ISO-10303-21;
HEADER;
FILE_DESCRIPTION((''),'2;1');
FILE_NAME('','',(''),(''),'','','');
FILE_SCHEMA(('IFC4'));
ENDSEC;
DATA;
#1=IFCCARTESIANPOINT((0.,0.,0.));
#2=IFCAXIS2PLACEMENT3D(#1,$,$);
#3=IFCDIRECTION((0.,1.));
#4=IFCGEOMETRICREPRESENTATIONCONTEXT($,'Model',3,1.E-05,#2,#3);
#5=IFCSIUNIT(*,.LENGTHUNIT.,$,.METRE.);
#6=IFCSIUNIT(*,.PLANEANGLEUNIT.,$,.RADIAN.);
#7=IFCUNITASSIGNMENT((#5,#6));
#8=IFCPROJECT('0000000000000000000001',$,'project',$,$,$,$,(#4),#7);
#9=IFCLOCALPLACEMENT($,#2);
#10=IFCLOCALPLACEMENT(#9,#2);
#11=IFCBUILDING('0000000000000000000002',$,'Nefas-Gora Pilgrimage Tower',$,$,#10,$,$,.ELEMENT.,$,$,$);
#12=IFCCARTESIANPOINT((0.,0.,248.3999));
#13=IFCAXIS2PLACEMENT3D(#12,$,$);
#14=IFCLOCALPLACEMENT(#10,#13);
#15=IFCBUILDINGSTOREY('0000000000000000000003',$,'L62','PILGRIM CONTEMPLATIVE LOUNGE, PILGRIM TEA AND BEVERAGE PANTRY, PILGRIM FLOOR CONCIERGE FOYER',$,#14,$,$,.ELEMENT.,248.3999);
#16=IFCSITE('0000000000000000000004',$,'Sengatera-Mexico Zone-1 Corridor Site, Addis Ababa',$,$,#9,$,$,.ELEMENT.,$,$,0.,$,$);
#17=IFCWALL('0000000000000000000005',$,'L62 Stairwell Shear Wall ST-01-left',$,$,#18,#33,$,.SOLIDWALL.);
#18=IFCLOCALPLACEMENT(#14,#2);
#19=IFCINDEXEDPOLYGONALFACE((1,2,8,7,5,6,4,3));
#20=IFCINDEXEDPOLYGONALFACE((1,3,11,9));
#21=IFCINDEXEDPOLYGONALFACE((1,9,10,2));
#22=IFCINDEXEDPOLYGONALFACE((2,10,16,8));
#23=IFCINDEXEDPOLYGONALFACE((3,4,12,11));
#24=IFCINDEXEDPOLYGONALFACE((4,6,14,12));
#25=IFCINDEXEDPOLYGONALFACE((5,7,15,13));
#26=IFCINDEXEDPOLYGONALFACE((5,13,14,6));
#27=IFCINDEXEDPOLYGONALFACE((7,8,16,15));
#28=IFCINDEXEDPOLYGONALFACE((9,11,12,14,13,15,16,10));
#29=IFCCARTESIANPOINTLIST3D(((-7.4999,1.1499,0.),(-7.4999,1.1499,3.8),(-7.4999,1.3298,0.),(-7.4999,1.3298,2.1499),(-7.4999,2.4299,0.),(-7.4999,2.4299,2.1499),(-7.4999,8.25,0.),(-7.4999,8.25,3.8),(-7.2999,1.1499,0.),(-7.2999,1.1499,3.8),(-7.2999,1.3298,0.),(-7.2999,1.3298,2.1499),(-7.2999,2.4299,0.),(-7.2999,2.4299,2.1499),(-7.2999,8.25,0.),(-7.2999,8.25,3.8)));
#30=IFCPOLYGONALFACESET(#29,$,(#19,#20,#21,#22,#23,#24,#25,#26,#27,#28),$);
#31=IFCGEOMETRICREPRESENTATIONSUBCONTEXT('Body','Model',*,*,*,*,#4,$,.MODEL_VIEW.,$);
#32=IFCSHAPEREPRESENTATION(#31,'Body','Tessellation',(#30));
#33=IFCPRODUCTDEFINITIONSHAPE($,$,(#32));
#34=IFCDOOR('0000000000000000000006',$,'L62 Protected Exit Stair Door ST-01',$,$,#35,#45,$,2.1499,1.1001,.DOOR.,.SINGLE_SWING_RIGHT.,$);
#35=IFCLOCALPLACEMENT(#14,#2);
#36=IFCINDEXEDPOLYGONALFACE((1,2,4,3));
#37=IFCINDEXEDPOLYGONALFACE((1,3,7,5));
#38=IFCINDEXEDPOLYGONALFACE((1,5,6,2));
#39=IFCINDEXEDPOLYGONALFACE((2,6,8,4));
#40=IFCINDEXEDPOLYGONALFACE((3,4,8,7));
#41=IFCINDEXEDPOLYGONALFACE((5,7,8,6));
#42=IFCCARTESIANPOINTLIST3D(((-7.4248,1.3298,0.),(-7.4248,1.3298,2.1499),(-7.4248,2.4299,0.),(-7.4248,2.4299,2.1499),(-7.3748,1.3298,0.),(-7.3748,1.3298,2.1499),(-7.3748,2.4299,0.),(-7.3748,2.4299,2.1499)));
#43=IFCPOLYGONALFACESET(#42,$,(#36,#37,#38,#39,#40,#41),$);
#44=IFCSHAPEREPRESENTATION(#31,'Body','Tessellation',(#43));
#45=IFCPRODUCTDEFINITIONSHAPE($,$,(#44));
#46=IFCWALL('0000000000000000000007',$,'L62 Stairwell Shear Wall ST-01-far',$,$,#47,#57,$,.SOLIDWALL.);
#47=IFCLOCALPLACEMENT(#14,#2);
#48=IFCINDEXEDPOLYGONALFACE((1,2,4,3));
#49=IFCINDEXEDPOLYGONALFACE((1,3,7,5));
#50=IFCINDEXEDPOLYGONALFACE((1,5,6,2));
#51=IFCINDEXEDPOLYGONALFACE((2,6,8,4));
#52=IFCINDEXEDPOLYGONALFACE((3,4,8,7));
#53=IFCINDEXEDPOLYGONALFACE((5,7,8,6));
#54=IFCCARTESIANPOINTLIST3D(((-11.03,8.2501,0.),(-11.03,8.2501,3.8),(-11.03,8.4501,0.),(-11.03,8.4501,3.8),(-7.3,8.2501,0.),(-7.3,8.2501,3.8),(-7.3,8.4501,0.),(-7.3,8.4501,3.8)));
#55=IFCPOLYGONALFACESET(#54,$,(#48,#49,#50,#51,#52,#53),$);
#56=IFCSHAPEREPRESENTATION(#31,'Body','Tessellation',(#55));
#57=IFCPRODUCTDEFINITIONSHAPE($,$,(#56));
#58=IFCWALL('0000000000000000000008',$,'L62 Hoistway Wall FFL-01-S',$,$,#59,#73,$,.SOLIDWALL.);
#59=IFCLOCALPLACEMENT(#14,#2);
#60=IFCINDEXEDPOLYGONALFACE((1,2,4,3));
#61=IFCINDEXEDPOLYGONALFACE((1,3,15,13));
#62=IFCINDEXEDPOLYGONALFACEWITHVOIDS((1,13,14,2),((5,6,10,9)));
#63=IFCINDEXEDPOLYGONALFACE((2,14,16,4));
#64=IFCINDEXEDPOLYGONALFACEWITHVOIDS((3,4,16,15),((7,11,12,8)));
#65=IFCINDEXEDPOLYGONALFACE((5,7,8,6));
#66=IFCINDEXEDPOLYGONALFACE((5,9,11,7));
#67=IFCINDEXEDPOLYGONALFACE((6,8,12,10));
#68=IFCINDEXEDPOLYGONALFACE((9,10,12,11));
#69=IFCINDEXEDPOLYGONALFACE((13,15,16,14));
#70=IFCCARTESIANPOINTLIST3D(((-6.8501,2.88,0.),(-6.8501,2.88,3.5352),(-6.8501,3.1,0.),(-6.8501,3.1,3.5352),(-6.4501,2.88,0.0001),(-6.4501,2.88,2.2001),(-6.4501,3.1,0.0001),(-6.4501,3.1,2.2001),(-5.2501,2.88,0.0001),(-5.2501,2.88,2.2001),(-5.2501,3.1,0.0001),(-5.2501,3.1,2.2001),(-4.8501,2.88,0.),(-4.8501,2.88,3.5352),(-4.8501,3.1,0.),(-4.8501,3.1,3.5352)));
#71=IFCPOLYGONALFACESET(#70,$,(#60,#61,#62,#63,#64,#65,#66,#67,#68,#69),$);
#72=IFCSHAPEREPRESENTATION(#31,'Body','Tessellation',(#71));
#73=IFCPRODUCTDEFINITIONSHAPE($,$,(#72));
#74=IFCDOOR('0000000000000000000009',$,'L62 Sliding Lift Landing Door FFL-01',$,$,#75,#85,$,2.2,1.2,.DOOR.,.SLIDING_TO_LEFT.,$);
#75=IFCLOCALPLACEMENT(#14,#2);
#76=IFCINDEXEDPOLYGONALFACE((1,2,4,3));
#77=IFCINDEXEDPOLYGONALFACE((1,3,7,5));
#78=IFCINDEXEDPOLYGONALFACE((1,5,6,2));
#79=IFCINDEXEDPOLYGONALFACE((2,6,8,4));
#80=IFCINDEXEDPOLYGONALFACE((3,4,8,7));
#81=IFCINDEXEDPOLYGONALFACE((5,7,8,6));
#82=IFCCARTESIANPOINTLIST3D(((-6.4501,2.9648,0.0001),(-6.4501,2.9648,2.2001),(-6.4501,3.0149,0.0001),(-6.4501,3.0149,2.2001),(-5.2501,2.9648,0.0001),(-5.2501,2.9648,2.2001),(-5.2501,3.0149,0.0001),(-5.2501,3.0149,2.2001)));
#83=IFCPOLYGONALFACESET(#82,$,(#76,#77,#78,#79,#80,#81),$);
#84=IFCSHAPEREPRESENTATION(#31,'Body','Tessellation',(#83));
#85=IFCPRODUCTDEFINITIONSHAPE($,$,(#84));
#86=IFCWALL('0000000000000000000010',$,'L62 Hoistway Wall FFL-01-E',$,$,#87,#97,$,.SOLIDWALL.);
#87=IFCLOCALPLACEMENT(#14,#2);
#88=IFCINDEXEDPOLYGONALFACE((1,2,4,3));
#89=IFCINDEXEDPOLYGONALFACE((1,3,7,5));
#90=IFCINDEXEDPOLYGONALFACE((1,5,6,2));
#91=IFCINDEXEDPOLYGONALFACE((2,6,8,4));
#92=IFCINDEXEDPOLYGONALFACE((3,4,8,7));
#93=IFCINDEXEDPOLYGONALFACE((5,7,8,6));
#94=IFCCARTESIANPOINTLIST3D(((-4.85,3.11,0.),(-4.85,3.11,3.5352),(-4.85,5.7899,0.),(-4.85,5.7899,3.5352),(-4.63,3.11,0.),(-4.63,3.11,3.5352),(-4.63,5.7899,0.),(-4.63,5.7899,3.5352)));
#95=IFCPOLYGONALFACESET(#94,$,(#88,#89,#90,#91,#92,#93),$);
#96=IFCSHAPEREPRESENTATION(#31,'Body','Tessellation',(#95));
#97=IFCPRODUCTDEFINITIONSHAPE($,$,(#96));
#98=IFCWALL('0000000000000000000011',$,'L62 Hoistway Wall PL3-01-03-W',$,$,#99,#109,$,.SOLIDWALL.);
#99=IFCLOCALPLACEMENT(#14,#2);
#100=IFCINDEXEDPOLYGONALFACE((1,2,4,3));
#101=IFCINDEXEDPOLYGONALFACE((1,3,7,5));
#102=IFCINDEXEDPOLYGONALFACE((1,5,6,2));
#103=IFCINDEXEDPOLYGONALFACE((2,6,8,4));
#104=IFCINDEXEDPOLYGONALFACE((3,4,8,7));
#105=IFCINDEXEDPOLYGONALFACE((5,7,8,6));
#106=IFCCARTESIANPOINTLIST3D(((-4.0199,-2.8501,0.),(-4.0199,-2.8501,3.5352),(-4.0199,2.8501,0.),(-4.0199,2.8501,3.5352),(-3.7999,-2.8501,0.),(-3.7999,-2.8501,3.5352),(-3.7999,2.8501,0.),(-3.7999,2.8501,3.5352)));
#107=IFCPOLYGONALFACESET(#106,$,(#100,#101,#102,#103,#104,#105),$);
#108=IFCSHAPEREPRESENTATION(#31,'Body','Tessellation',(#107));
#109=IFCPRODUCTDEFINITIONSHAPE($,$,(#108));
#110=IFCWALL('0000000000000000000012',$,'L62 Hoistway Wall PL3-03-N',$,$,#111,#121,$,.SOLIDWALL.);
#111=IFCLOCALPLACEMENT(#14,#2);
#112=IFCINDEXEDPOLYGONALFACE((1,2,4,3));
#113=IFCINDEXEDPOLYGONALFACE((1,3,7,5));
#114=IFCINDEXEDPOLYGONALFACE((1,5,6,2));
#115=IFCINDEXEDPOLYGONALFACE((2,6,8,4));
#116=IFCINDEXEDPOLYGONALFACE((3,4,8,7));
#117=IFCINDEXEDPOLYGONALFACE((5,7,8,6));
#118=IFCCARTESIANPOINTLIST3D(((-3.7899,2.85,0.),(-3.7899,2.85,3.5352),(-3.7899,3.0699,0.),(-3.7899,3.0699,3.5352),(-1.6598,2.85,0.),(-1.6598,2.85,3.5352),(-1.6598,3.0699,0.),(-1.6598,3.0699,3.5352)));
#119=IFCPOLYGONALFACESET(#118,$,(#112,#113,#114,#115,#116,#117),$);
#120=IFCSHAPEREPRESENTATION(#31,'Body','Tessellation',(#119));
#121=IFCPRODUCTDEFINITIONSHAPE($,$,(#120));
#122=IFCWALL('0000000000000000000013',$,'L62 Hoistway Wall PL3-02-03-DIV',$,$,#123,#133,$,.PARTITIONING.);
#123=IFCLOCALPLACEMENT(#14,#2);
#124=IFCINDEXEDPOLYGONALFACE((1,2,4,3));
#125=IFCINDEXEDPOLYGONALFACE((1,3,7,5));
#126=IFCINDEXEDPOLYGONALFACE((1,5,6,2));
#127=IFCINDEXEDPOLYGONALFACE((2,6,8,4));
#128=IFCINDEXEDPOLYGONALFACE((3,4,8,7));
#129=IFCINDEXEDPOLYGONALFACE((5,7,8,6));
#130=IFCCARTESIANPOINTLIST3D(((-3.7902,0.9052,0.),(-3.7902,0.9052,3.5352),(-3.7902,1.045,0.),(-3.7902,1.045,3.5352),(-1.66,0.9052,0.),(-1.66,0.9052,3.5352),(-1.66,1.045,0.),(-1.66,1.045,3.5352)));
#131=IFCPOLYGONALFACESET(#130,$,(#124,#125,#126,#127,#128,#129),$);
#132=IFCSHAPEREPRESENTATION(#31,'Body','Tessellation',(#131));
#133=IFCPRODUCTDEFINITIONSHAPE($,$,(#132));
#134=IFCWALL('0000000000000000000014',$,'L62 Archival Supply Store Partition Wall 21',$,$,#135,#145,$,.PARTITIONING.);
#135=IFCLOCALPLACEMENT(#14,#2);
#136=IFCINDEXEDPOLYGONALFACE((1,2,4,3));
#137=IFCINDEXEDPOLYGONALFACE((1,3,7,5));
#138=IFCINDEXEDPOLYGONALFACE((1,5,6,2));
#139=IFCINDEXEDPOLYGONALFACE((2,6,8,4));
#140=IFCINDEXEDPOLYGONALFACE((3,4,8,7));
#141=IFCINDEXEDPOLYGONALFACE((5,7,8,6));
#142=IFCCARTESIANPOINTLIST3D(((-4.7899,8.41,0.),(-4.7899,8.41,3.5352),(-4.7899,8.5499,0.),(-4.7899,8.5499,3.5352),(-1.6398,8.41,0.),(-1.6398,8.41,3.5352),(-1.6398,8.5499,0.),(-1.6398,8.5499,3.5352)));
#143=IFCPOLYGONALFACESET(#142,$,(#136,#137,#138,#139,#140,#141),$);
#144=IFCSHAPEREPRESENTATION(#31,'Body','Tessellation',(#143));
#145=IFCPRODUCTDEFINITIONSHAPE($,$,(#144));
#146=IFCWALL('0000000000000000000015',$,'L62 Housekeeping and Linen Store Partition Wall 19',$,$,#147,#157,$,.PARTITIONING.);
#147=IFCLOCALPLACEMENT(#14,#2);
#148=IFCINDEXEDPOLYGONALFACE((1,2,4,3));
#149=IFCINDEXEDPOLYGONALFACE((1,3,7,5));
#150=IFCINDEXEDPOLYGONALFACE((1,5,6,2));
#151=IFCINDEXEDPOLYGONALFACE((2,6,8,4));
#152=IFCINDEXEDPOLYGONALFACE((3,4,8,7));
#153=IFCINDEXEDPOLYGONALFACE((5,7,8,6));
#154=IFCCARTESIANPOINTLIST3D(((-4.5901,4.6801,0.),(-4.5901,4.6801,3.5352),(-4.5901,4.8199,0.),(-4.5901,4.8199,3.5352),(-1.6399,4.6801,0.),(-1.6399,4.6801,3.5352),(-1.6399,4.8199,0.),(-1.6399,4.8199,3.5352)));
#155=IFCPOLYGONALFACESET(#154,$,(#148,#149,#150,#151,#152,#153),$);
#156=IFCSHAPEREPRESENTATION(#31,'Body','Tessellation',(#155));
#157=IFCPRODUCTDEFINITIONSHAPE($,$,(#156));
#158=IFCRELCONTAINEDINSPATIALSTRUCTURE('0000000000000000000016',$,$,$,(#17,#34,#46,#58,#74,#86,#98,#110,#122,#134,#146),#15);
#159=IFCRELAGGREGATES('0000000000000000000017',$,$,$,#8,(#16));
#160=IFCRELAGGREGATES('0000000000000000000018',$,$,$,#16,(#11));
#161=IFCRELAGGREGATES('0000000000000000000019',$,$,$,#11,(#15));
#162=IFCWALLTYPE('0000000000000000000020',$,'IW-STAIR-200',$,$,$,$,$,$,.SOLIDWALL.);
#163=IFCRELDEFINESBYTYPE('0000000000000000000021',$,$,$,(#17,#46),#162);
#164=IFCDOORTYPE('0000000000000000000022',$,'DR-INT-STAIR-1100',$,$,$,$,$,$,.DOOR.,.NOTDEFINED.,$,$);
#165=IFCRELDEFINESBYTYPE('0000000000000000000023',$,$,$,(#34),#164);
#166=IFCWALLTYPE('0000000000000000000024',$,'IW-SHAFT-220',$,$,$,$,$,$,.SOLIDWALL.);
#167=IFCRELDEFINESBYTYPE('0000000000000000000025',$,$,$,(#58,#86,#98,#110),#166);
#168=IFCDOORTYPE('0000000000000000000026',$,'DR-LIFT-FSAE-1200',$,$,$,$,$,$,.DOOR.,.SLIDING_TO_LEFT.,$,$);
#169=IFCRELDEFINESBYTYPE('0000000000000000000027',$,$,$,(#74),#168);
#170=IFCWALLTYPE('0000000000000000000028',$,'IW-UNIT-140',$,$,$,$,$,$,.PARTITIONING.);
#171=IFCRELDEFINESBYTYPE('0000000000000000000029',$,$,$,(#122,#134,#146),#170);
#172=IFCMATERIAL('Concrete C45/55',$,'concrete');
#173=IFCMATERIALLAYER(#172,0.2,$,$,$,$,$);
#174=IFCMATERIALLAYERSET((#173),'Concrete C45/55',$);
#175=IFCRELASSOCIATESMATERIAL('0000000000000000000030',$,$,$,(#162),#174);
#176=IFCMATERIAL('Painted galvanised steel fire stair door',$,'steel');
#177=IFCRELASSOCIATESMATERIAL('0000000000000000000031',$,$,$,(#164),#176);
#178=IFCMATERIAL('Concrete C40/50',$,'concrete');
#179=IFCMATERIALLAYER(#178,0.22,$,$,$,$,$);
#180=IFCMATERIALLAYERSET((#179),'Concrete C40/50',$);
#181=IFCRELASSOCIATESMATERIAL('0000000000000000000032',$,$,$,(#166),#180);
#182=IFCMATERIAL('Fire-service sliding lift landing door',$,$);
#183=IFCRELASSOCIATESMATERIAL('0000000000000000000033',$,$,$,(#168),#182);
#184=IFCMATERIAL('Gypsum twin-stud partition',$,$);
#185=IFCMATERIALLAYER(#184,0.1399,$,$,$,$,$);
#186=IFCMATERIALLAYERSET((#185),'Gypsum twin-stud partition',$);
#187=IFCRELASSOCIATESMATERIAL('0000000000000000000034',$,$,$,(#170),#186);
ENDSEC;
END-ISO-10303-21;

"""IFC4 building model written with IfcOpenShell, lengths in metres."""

from ifc_helpers import new_model, si_unit, direction, frame, frame_2d, origin, place, context, subcontext, project, spatial, rectangle, extrude, source, transform, mapped, material, layer, layer_set, type_object, element, fill, save


model = new_model("IFC4")

# Units and contexts
model_context = context("Model", 3, precision=1e-05, world=origin(), true_north=direction((0.0, 1.0)))
body_context = subcontext(model_context, "Body", "Model", "MODEL_VIEW")
ifc_project = project(units=[si_unit("LENGTHUNIT", "METRE"), si_unit("PLANEANGLEUNIT", "RADIAN")], contexts=[model_context])

# Site, building, storey
site_placement = place(None, origin())
site = spatial("IfcSite", under=ifc_project, at=site_placement, Name="Sengatera-Mexico Zone-1 Corridor Site, Addis Ababa", CompositionType="ELEMENT", RefElevation=0.0)
building_placement = place(site_placement, origin())
building = spatial("IfcBuilding", under=site, at=building_placement, Name="Nefas-Gora Pilgrimage Tower", CompositionType="ELEMENT")
storey_placement = place(building_placement, frame((0.0, 0.0, 248.3999)))
storey = spatial("IfcBuildingStorey", under=building, at=storey_placement, Name="L62", Description="PILGRIM CONTEMPLATIVE LOUNGE, PILGRIM TEA AND BEVERAGE PANTRY, PILGRIM FLOOR CONCIERGE FOYER", CompositionType="ELEMENT", Elevation=248.3999)

# Shared definitions
ifc_material_1 = material(Name="Concrete C40/50", Category="concrete")

# Shared definitions
ifc_material_2 = material(Name="Concrete C45/55", Category="concrete")
ifc_layer_1 = layer(ifc_material_2, 0.2)
ifc_layer_set_1 = layer_set([ifc_layer_1], Name="Concrete C45/55")
wall_type_1 = type_object("IfcWallType", Name="IW-STAIR-200", PredefinedType="SOLIDWALL", material=ifc_layer_set_1)

# Wall, opening, door
shared_shape_1 = source(origin(), body_context, "Body", "SweptSolid", [
    extrude(rectangle(XDim=7.1001, YDim=0.2, at=frame_2d((3.55, 0.0))), origin(), (0.0, 0.0, 1.0), 3.8),
])
wall_1_placement = place(storey_placement, frame((-7.3999, 1.1499, 0.0), z_axis=(0.0, 0.0, 1.0), x_axis=(0.0, 1.0, 0.0)))
wall_1 = element("IfcWall", 1, at=wall_1_placement, inside=storey, type_object=wall_type_1, Name="L62 Stairwell Shear Wall ST-01-left", PredefinedType="SOLIDWALL", context=body_context, shape_type="MappedRepresentation", body=[
    mapped(shared_shape_1, transform((0.0, 0.0, 0.0), x_axis=(1.0, 0.0, 0.0), y_axis=(0.0, 1.0, 0.0), z_axis=(0.0, 0.0, 1.0), scale=1.0)),
])
opening_1_placement = place(wall_1_placement, frame((0.1799, 0.0, 0.0)))
opening_1 = element("IfcOpeningElement", 2, at=opening_1_placement, cuts=wall_1, PredefinedType="OPENING", context=body_context, shape_type="SweptSolid", body=[
    extrude(rectangle(XDim=1.1001, YDim=2.1499, at=frame_2d((0.55, 1.075))), frame((0.0, 0.1099, 0.0), z_axis=(0.0, -1.0, 0.0), x_axis=(1.0, 0.0, 0.0)), (0.0, 0.0, 1.0), 0.22),
])
ifc_material_3 = material(Name="Painted galvanised steel fire stair door", Category="steel")
door_type_1 = type_object("IfcDoorType", Name="DR-INT-STAIR-1100", OperationType="NOTDEFINED", PredefinedType="DOOR", material=ifc_material_3)
shared_shape_2 = source(origin(), body_context, "Body", "SweptSolid", [
    extrude(rectangle(XDim=1.1001, YDim=2.1499, at=frame_2d((0.55, 1.075))), frame((0.0, 0.0249, 0.0), z_axis=(0.0, -1.0, 0.0), x_axis=(1.0, 0.0, 0.0)), (0.0, 0.0, 1.0), 0.05),
])
door_1_placement = place(opening_1_placement, origin())
door_1 = element("IfcDoor", 3, at=door_1_placement, inside=storey, type_object=door_type_1, Name="L62 Protected Exit Stair Door ST-01", OperationType="SINGLE_SWING_RIGHT", OverallHeight=2.1499, OverallWidth=1.1001, PredefinedType="DOOR", context=body_context, shape_type="MappedRepresentation", body=[
    mapped(shared_shape_2, transform((0.0, 0.0, 0.0), x_axis=(1.0, 0.0, 0.0), y_axis=(0.0, 1.0, 0.0), z_axis=(0.0, 0.0, 1.0), scale=1.0)),
])
fill(opening_1, door_1)

# Wall
shared_shape_3 = source(origin(), body_context, "Body", "SweptSolid", [
    extrude(rectangle(XDim=3.73, YDim=0.2, at=frame_2d((1.865, 0.0))), origin(), (0.0, 0.0, 1.0), 3.8),
])
wall_2_placement = place(storey_placement, frame((-7.3, 8.3501, 0.0), z_axis=(0.0, 0.0, 1.0), x_axis=(-1.0, 0.0, 0.0)))
element("IfcWall", 4, at=wall_2_placement, inside=storey, type_object=wall_type_1, Name="L62 Stairwell Shear Wall ST-01-far", PredefinedType="SOLIDWALL", context=body_context, shape_type="MappedRepresentation", body=[
    mapped(shared_shape_3, transform((0.0, 0.0, 0.0), x_axis=(1.0, 0.0, 0.0), y_axis=(0.0, 1.0, 0.0), z_axis=(0.0, 0.0, 1.0), scale=1.0)),
])

# Wall, opening, door
ifc_layer_2 = layer(ifc_material_1, 0.22)
ifc_layer_set_2 = layer_set([ifc_layer_2], Name="Concrete C40/50")
wall_type_2 = type_object("IfcWallType", Name="IW-SHAFT-220", PredefinedType="SOLIDWALL", material=ifc_layer_set_2)
shared_shape_4 = source(origin(), body_context, "Body", "SweptSolid", [
    extrude(rectangle(XDim=2.0, YDim=0.22, at=frame_2d((1.0, 0.0))), origin(), (0.0, 0.0, 1.0), 3.5352),
])
wall_3_placement = place(storey_placement, frame((-6.8501, 2.99, 0.0), z_axis=(0.0, 0.0, 1.0), x_axis=(1.0, 0.0, 0.0)))
wall_3 = element("IfcWall", 5, at=wall_3_placement, inside=storey, type_object=wall_type_2, Name="L62 Hoistway Wall FFL-01-S", PredefinedType="SOLIDWALL", context=body_context, shape_type="MappedRepresentation", body=[
    mapped(shared_shape_4, transform((0.0, 0.0, 0.0), x_axis=(1.0, 0.0, 0.0), y_axis=(0.0, 1.0, 0.0), z_axis=(0.0, 0.0, 1.0), scale=1.0)),
])
opening_2_placement = place(wall_3_placement, frame((0.3999, 0.0, 0.0)))
opening_2 = element("IfcOpeningElement", 6, at=opening_2_placement, cuts=wall_3, PredefinedType="OPENING", context=body_context, shape_type="SweptSolid", body=[
    extrude(rectangle(XDim=1.2, YDim=2.2, at=frame_2d((0.6001, 1.1001))), frame((0.0, 0.1199, 0.0), z_axis=(0.0, -1.0, 0.0), x_axis=(1.0, 0.0, 0.0)), (0.0, 0.0, 1.0), 0.24),
])
ifc_material_4 = material(Name="Fire-service sliding lift landing door")
door_type_2 = type_object("IfcDoorType", Name="DR-LIFT-FSAE-1200", OperationType="SLIDING_TO_LEFT", PredefinedType="DOOR", material=ifc_material_4)
shared_shape_5 = source(origin(), body_context, "Body", "SweptSolid", [
    extrude(rectangle(XDim=1.2, YDim=2.2, at=frame_2d((0.6001, 1.1001))), frame((0.0, 0.0249, 0.0), z_axis=(0.0, -1.0, 0.0), x_axis=(1.0, 0.0, 0.0)), (0.0, 0.0, 1.0), 0.05),
])
door_2_placement = place(opening_2_placement, origin())
door_2 = element("IfcDoor", 7, at=door_2_placement, inside=storey, type_object=door_type_2, Name="L62 Sliding Lift Landing Door FFL-01", OperationType="SLIDING_TO_LEFT", OverallHeight=2.2, OverallWidth=1.2, PredefinedType="DOOR", context=body_context, shape_type="MappedRepresentation", body=[
    mapped(shared_shape_5, transform((0.0, 0.0, 0.0), x_axis=(1.0, 0.0, 0.0), y_axis=(0.0, 1.0, 0.0), z_axis=(0.0, 0.0, 1.0), scale=1.0)),
])
fill(opening_2, door_2)

# Walls
shared_shape_6 = source(origin(), body_context, "Body", "SweptSolid", [
    extrude(rectangle(XDim=2.6799, YDim=0.22, at=frame_2d((1.3398, 0.0))), origin(), (0.0, 0.0, 1.0), 3.5352),
])
wall_4_placement = place(storey_placement, frame((-4.74, 3.1101, 0.0), z_axis=(0.0, 0.0, 1.0), x_axis=(0.0, 1.0, 0.0)))
element("IfcWall", 8, at=wall_4_placement, inside=storey, type_object=wall_type_2, Name="L62 Hoistway Wall FFL-01-E", PredefinedType="SOLIDWALL", context=body_context, shape_type="MappedRepresentation", body=[
    mapped(shared_shape_6, transform((0.0, 0.0, 0.0), x_axis=(1.0, 0.0, 0.0), y_axis=(0.0, 1.0, 0.0), z_axis=(0.0, 0.0, 1.0), scale=1.0)),
])
shared_shape_7 = source(origin(), body_context, "Body", "SweptSolid", [
    extrude(rectangle(XDim=5.7002, YDim=0.22, at=frame_2d((2.8501, 0.0))), origin(), (0.0, 0.0, 1.0), 3.5352),
])
wall_5_placement = place(storey_placement, frame((-3.9099, 2.8501, 0.0), z_axis=(0.0, 0.0, 1.0), x_axis=(0.0, -1.0, 0.0)))
element("IfcWall", 9, at=wall_5_placement, inside=storey, type_object=wall_type_2, Name="L62 Hoistway Wall PL3-01-03-W", PredefinedType="SOLIDWALL", context=body_context, shape_type="MappedRepresentation", body=[
    mapped(shared_shape_7, transform((0.0, 0.0, 0.0), x_axis=(1.0, 0.0, 0.0), y_axis=(0.0, 1.0, 0.0), z_axis=(0.0, 0.0, 1.0), scale=1.0)),
])
shared_shape_8 = source(origin(), body_context, "Body", "SweptSolid", [
    extrude(rectangle(XDim=2.1301, YDim=0.22, at=frame_2d((1.0649, 0.0))), origin(), (0.0, 0.0, 1.0), 3.5352),
])
wall_6_placement = place(storey_placement, frame((-1.6599, 2.96, 0.0), z_axis=(0.0, 0.0, 1.0), x_axis=(-1.0, 0.0, 0.0)))
element("IfcWall", 10, at=wall_6_placement, inside=storey, type_object=wall_type_2, Name="L62 Hoistway Wall PL3-03-N", PredefinedType="SOLIDWALL", context=body_context, shape_type="MappedRepresentation", body=[
    mapped(shared_shape_8, transform((0.0, 0.0, 0.0), x_axis=(1.0, 0.0, 0.0), y_axis=(0.0, 1.0, 0.0), z_axis=(0.0, 0.0, 1.0), scale=1.0)),
])
ifc_material_5 = material(Name="Gypsum twin-stud partition")
ifc_layer_3 = layer(ifc_material_5, 0.1399)
ifc_layer_set_3 = layer_set([ifc_layer_3], Name="Gypsum twin-stud partition")
wall_type_3 = type_object("IfcWallType", Name="IW-UNIT-140", PredefinedType="PARTITIONING", material=ifc_layer_set_3)
shared_shape_9 = source(origin(), body_context, "Body", "SweptSolid", [
    extrude(rectangle(XDim=2.1301, YDim=0.1399, at=frame_2d((1.0649, 0.0))), origin(), (0.0, 0.0, 1.0), 3.5352),
])
wall_7_placement = place(storey_placement, frame((-3.79, 0.9751, 0.0), z_axis=(0.0, 0.0, 1.0), x_axis=(1.0, 0.0, 0.0)))
element("IfcWall", 11, at=wall_7_placement, inside=storey, type_object=wall_type_3, Name="L62 Hoistway Wall PL3-02-03-DIV", PredefinedType="PARTITIONING", context=body_context, shape_type="MappedRepresentation", body=[
    mapped(shared_shape_9, transform((0.0, 0.0, 0.0), x_axis=(1.0, 0.0, 0.0), y_axis=(0.0, 1.0, 0.0), z_axis=(0.0, 0.0, 1.0), scale=1.0)),
])
shared_shape_10 = source(origin(), body_context, "Body", "SweptSolid", [
    extrude(rectangle(XDim=3.1501, YDim=0.1399, at=frame_2d((1.5752, 0.0))), origin(), (0.0, 0.0, 1.0), 3.5352),
])
wall_8_placement = place(storey_placement, frame((-4.79, 8.48, 0.0), z_axis=(0.0, 0.0, 1.0), x_axis=(1.0, 0.0, 0.0)))
element("IfcWall", 12, at=wall_8_placement, inside=storey, type_object=wall_type_3, Name="L62 Archival Supply Store Partition Wall 21", PredefinedType="PARTITIONING", context=body_context, shape_type="MappedRepresentation", body=[
    mapped(shared_shape_10, transform((0.0, 0.0, 0.0), x_axis=(1.0, 0.0, 0.0), y_axis=(0.0, 1.0, 0.0), z_axis=(0.0, 0.0, 1.0), scale=1.0)),
])
shared_shape_11 = source(origin(), body_context, "Body", "SweptSolid", [
    extrude(rectangle(XDim=2.9502, YDim=0.1399, at=frame_2d((1.4751, 0.0))), origin(), (0.0, 0.0, 1.0), 3.5352),
])
wall_9_placement = place(storey_placement, frame((-4.5901, 4.75, 0.0), z_axis=(0.0, 0.0, 1.0), x_axis=(1.0, 0.0, 0.0)))
element("IfcWall", 13, at=wall_9_placement, inside=storey, type_object=wall_type_3, Name="L62 Housekeeping and Linen Store Partition Wall 19", PredefinedType="PARTITIONING", context=body_context, shape_type="MappedRepresentation", body=[
    mapped(shared_shape_11, transform((0.0, 0.0, 0.0), x_axis=(1.0, 0.0, 0.0), y_axis=(0.0, 1.0, 0.0), z_axis=(0.0, 0.0, 1.0), scale=1.0)),
])

save(model, "model.ifc")
